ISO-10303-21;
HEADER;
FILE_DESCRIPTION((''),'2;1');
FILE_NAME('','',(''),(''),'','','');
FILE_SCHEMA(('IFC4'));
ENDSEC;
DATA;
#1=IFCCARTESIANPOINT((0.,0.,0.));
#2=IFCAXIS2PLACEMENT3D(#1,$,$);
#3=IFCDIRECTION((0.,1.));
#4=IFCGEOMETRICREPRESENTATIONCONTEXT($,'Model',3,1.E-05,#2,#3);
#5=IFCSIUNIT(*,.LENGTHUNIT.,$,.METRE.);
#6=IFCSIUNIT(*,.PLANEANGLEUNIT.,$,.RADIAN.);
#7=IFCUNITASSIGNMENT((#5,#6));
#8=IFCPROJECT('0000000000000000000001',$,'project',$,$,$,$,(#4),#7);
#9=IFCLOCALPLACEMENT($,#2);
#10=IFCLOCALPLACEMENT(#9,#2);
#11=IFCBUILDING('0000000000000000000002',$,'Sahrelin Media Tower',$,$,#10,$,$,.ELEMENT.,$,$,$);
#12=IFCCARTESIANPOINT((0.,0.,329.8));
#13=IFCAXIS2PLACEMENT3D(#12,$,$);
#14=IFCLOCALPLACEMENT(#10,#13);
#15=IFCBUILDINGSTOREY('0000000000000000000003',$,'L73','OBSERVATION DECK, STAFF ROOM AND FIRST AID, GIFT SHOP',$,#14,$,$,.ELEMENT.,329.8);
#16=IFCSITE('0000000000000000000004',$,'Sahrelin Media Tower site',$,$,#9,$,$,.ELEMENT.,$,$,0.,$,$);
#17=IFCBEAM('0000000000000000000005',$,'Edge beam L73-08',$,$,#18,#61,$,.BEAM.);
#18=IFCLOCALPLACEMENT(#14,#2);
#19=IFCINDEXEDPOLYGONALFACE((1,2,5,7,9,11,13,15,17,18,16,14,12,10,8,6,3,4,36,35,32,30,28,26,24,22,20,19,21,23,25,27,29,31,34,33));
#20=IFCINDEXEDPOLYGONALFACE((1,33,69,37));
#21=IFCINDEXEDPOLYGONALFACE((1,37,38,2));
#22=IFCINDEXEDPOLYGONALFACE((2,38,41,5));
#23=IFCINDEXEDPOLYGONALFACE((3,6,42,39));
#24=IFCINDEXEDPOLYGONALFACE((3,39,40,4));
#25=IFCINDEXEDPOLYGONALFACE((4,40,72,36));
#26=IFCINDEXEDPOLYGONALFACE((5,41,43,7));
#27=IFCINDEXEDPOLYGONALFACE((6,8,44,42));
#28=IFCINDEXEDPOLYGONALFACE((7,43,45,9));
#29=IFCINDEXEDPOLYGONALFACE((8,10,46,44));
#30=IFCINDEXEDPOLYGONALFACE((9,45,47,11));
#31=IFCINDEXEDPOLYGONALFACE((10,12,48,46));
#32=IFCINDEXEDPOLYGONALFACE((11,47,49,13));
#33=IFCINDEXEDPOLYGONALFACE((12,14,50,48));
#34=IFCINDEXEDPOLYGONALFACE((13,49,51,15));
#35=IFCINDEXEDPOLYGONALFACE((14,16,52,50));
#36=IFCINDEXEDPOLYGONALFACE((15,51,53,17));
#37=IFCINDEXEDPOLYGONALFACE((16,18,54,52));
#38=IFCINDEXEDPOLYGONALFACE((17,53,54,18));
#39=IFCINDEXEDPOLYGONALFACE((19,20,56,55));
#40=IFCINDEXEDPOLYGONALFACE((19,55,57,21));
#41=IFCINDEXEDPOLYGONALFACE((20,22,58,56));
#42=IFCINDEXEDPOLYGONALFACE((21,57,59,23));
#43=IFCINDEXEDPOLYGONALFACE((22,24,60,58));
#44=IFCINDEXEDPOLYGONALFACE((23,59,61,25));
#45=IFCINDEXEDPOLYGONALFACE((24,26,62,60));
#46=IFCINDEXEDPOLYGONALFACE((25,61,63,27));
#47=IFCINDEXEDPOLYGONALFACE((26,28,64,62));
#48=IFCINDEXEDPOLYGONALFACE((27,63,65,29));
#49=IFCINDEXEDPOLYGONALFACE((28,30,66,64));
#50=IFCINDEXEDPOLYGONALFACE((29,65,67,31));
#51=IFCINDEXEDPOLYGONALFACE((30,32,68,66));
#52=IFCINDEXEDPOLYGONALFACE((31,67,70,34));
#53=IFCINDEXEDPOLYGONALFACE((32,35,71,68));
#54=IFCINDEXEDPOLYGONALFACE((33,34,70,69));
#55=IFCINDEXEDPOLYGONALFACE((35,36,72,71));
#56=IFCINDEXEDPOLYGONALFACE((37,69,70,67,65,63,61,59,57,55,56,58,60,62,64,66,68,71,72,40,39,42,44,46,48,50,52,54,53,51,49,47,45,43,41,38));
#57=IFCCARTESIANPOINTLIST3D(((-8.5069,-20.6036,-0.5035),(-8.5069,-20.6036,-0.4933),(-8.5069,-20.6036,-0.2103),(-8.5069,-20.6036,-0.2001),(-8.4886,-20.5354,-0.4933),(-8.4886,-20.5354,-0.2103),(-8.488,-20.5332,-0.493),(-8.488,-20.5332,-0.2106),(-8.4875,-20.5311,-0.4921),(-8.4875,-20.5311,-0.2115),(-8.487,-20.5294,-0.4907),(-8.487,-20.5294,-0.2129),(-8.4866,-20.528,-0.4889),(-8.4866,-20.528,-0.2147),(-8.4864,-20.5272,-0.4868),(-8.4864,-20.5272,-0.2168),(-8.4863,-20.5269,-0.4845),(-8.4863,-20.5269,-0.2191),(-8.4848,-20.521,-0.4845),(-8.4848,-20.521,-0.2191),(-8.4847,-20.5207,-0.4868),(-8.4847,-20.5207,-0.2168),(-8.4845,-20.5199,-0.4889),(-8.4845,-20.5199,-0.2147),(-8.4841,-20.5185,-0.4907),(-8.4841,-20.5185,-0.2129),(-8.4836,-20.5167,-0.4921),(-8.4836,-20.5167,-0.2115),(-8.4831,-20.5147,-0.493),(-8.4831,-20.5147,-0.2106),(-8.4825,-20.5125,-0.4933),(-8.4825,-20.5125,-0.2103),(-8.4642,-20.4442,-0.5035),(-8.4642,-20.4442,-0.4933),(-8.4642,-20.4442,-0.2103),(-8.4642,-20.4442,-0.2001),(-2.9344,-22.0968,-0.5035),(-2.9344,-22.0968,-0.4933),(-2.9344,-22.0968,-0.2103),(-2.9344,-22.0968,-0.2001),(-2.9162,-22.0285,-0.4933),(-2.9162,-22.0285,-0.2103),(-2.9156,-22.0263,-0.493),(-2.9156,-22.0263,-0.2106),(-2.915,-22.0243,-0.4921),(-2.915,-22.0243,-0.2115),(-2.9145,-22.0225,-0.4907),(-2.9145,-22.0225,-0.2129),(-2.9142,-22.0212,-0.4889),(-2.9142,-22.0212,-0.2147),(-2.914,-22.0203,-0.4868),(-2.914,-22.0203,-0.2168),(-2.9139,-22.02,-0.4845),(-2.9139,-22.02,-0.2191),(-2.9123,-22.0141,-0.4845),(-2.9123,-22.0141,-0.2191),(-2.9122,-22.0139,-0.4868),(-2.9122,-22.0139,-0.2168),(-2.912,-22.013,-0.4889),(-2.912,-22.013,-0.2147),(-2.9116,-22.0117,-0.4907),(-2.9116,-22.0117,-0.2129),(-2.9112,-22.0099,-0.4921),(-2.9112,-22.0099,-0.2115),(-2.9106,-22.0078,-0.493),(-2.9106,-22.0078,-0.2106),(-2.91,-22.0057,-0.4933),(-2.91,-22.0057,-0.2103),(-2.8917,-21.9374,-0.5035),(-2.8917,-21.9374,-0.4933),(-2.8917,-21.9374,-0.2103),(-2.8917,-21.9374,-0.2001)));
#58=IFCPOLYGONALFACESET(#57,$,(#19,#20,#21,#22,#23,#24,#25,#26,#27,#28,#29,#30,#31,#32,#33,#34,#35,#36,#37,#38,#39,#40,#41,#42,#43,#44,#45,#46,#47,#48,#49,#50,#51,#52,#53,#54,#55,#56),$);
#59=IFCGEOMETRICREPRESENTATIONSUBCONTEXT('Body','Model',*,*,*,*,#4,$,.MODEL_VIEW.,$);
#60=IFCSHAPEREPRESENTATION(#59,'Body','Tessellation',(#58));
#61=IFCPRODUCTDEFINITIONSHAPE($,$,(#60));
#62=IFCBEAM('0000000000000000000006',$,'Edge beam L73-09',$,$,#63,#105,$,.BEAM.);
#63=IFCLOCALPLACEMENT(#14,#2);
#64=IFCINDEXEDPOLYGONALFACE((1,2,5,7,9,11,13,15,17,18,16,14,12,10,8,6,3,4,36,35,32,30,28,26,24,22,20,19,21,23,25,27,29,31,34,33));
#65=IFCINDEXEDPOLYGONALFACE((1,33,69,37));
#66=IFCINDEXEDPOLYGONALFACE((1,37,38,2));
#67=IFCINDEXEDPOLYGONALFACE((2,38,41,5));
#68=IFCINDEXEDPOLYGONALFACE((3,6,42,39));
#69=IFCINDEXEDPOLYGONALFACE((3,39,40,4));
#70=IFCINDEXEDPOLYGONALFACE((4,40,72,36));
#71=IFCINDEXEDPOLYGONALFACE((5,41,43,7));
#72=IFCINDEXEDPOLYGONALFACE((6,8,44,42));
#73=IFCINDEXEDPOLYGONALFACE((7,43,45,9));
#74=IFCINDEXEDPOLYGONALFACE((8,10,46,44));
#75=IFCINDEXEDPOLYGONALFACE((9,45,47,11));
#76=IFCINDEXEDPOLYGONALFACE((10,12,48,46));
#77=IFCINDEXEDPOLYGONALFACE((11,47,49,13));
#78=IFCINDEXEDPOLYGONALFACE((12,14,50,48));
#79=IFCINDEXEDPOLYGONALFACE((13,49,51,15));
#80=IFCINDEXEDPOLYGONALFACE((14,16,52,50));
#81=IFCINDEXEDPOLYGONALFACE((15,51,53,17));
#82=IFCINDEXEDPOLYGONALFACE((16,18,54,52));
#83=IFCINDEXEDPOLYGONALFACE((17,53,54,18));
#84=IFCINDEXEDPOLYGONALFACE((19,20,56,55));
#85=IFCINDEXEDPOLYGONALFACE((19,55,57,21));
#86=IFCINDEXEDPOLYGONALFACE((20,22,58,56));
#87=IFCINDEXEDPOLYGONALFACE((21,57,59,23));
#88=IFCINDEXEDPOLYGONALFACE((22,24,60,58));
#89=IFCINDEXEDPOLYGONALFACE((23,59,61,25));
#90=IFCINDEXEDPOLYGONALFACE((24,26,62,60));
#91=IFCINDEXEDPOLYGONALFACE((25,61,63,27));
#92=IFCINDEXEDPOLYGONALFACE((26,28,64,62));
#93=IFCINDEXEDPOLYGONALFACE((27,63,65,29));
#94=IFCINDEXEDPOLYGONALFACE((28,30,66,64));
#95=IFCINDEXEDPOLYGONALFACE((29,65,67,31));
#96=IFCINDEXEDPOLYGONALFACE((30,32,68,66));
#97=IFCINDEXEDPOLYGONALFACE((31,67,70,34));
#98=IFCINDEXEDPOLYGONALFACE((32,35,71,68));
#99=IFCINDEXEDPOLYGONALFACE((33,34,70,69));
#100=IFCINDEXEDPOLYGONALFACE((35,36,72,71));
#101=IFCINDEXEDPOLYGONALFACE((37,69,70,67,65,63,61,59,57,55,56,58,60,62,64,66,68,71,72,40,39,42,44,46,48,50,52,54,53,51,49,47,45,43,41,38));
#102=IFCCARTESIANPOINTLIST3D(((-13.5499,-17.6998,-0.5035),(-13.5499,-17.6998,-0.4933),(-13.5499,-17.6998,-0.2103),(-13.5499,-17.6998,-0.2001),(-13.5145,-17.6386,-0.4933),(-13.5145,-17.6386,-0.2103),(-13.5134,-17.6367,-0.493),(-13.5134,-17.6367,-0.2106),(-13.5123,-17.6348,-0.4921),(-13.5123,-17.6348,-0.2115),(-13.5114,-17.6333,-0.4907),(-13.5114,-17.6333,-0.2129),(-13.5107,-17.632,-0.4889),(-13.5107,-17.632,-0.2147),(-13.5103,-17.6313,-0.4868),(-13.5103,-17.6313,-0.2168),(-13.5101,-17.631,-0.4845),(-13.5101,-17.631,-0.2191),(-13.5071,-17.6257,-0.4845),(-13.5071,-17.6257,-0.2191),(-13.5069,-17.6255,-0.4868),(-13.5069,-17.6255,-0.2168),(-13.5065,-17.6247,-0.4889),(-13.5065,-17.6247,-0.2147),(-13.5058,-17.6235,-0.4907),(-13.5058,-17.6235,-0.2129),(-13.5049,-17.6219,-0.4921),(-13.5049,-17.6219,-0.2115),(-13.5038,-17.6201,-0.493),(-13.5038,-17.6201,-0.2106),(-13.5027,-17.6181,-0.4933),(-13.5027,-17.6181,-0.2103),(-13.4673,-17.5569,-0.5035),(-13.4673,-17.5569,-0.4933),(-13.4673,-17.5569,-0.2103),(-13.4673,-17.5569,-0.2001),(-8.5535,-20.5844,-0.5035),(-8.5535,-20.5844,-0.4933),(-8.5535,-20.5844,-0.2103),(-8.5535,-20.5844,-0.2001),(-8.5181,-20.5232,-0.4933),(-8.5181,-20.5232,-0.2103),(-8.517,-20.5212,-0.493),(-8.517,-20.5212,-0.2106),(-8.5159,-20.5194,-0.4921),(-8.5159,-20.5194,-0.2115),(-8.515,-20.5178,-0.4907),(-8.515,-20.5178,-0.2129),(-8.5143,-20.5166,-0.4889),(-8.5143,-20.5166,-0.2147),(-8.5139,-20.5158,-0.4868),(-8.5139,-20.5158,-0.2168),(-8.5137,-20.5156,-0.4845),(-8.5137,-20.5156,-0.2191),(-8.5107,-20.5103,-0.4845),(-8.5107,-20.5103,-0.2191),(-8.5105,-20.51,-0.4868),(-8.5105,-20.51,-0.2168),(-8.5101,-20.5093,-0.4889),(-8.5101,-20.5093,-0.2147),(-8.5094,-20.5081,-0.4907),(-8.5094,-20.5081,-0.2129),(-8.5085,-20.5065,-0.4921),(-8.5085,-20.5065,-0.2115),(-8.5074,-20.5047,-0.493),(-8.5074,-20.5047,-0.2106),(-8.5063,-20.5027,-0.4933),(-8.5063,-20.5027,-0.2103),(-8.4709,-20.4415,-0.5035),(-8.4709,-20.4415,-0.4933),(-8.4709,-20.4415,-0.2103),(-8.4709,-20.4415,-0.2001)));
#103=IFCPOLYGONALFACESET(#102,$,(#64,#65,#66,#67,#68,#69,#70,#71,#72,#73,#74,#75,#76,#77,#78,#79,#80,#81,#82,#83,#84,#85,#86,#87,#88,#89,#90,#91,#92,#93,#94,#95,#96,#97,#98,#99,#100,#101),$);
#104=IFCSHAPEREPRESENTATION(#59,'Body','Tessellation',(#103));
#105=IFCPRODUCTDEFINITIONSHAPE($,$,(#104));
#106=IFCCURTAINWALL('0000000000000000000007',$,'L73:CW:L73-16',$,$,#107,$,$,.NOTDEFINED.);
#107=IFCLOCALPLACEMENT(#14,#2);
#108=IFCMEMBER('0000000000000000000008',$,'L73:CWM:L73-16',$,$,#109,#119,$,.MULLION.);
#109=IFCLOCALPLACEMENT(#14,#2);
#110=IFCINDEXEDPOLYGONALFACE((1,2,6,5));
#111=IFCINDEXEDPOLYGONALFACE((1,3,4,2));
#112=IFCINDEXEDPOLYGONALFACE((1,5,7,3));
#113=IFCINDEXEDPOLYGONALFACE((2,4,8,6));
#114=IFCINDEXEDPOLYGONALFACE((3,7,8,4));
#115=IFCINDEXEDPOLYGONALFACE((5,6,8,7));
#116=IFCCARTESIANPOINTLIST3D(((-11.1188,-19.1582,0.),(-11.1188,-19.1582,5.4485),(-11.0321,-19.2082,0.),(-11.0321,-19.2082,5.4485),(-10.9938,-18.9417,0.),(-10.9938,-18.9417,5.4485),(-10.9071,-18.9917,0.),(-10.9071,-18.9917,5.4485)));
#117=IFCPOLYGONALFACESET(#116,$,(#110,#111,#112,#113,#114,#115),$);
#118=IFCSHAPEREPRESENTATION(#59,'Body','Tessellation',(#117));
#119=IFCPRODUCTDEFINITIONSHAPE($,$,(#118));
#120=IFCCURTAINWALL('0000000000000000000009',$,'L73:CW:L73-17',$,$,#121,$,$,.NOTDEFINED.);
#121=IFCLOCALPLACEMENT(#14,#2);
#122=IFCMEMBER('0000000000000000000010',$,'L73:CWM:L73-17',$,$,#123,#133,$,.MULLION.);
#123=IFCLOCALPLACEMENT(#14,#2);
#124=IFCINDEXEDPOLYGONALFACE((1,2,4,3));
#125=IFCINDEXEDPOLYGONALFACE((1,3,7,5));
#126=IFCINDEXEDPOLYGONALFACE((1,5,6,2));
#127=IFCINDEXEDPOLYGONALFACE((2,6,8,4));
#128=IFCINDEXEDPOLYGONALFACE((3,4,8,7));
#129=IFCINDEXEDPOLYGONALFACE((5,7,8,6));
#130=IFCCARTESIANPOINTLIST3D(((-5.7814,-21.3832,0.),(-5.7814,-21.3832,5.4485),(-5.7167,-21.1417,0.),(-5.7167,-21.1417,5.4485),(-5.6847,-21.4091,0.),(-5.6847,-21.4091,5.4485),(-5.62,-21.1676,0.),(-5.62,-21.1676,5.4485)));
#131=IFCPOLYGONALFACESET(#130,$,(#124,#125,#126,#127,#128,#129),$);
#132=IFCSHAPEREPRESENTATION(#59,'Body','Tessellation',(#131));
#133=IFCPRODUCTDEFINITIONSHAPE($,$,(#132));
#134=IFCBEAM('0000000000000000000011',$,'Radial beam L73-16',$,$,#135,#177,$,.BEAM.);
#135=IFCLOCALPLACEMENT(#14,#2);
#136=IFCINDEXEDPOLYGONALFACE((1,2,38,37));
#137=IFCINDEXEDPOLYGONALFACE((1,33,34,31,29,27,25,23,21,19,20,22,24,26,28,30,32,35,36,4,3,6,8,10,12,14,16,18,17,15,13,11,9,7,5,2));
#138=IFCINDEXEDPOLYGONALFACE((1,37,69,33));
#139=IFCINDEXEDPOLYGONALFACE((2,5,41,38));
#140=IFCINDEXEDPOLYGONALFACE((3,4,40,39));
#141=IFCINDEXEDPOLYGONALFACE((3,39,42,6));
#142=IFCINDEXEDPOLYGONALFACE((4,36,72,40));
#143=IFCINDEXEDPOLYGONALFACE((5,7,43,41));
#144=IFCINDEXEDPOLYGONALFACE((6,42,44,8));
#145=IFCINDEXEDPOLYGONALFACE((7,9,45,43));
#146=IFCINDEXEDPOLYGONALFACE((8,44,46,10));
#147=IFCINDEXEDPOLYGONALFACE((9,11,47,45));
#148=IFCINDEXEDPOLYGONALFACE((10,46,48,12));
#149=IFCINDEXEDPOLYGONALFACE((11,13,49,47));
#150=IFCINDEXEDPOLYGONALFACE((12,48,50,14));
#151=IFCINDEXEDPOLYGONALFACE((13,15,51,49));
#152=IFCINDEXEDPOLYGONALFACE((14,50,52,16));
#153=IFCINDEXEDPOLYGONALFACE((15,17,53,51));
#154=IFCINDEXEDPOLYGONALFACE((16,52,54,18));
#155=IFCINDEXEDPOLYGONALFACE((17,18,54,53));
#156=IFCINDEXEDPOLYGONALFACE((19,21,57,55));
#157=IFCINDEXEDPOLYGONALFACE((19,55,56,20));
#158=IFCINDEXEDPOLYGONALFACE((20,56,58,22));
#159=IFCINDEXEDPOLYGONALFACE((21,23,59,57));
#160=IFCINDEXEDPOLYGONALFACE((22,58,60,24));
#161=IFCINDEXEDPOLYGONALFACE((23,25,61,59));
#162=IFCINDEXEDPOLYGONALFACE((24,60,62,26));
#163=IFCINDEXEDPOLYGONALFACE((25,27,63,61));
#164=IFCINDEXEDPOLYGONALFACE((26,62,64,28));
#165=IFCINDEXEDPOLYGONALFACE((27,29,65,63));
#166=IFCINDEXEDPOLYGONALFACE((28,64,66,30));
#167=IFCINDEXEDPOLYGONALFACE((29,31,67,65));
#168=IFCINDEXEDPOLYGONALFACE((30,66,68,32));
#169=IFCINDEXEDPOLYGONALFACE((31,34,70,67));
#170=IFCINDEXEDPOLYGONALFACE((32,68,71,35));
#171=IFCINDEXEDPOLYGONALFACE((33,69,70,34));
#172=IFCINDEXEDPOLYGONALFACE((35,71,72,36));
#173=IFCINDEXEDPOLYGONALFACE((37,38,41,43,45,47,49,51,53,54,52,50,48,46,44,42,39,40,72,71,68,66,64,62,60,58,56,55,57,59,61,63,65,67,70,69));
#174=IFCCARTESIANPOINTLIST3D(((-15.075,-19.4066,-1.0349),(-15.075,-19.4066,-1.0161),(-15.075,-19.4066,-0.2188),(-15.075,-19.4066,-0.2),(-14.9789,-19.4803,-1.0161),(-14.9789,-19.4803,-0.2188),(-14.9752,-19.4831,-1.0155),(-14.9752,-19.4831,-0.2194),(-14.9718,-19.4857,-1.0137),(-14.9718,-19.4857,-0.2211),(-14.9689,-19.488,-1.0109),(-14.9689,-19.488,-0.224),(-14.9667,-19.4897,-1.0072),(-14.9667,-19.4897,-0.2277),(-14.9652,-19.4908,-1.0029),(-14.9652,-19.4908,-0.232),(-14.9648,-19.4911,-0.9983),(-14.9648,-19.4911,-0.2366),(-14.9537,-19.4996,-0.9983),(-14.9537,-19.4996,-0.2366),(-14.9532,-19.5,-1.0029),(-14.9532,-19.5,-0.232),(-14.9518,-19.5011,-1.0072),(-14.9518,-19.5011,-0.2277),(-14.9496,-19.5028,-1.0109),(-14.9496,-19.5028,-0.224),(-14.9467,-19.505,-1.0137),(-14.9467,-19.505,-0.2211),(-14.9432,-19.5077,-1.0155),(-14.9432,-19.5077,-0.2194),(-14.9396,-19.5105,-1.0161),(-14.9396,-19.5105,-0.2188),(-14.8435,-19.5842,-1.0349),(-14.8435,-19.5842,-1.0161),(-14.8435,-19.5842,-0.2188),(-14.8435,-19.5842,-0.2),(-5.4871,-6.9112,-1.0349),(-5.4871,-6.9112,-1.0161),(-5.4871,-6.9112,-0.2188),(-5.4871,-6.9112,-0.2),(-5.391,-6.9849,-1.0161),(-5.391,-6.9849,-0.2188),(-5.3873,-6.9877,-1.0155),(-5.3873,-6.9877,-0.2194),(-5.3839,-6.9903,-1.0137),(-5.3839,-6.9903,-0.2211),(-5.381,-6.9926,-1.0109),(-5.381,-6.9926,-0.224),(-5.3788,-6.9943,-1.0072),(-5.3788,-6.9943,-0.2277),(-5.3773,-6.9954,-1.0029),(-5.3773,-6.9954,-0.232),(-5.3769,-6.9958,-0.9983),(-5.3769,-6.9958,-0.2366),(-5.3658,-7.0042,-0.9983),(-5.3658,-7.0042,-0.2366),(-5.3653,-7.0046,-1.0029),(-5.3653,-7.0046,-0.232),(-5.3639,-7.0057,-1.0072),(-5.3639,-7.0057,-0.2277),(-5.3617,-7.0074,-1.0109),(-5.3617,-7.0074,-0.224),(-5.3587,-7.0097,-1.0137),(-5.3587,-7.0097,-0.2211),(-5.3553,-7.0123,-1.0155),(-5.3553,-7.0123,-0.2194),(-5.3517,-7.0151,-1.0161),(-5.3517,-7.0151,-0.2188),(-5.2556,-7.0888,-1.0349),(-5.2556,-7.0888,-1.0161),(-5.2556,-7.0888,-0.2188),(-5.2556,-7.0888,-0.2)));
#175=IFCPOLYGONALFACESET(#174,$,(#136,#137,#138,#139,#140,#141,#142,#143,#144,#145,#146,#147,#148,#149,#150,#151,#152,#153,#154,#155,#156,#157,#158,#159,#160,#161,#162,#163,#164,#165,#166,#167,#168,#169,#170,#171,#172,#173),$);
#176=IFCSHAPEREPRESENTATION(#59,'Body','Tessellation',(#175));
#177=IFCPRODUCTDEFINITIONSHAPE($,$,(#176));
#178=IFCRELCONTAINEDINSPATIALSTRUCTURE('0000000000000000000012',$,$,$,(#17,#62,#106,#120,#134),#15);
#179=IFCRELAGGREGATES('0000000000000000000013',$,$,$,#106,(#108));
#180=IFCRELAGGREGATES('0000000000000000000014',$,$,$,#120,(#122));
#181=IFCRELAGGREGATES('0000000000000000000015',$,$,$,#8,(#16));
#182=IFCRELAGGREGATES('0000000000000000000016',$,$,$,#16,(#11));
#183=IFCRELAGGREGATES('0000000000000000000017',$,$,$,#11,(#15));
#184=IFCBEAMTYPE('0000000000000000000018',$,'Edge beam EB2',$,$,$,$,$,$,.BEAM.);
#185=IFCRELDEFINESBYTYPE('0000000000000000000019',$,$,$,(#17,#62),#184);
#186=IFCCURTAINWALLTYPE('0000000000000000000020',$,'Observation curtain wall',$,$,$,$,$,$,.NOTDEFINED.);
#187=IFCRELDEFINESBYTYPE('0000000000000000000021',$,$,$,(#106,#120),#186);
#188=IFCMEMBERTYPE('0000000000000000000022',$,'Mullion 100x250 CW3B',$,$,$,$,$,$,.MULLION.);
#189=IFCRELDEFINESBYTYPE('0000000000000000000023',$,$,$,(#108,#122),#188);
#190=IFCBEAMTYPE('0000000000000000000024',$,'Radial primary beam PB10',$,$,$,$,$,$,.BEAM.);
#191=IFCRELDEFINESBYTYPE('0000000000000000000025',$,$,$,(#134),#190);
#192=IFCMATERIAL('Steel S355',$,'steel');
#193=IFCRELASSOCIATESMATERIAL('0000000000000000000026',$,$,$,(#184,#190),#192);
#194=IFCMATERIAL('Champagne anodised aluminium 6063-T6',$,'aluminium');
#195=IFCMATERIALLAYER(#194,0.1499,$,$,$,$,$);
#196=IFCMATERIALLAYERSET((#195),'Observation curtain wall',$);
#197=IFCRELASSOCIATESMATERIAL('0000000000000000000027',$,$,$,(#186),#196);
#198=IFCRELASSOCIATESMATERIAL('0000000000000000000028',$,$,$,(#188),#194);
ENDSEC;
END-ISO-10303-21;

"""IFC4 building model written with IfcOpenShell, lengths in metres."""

from ifc_helpers import new_model, si_unit, direction, frame, origin, origin_2d, place, context, subcontext, project, spatial, rectangle, i_section, extrude, material, layer, layer_set, material_profile, profile_set, type_object, element, aggregate, save


model = new_model("IFC4")

# Units and contexts
model_context = context("Model", 3, precision=1e-05, world=origin(), true_north=direction((0.0, 1.0)))
body_context = subcontext(model_context, "Body", "Model", "MODEL_VIEW")
ifc_project = project(units=[si_unit("LENGTHUNIT", "METRE"), si_unit("PLANEANGLEUNIT", "RADIAN")], contexts=[model_context])

# Site, building, storey
site_placement = place(None, origin())
site = spatial("IfcSite", under=ifc_project, at=site_placement, Name="Sahrelin Media Tower site", CompositionType="ELEMENT", RefElevation=0.0)
building_placement = place(site_placement, origin())
building = spatial("IfcBuilding", under=site, at=building_placement, Name="Sahrelin Media Tower", CompositionType="ELEMENT")
storey_placement = place(building_placement, frame((0.0, 0.0, 329.8)))
storey = spatial("IfcBuildingStorey", under=building, at=storey_placement, Name="L73", Description="OBSERVATION DECK, STAFF ROOM AND FIRST AID, GIFT SHOP", CompositionType="ELEMENT", Elevation=329.8)

# Beams
ifc_material_1 = material(Name="Steel S355", Category="steel")
ifc_material_profile_1 = material_profile(ifc_material_1, i_section(OverallWidth=0.165, OverallDepth=0.3035, WebThickness=0.0061, FlangeThickness=0.0103, FilletRadius=0.0088, at=origin_2d()), Name="UB 305x165x40")
ifc_profile_set_1 = profile_set([ifc_material_profile_1], Name="Steel S355")
beam_type_1 = type_object("IfcBeamType", Name="Edge beam EB2", PredefinedType="BEAM", material=ifc_profile_set_1)
beam_1_placement = place(storey_placement, frame((-2.9131, -22.0171, -0.3518), z_axis=(-0.965925, 0.258821, 0.0), x_axis=(-0.258821, -0.965925, 0.0)))
element("IfcBeam", 1, at=beam_1_placement, inside=storey, type_object=beam_type_1, Name="Edge beam L73-08", PredefinedType="BEAM", context=body_context, shape_type="SweptSolid", body=[
    extrude(i_section(OverallWidth=0.165, OverallDepth=0.3035, WebThickness=0.0061, FlangeThickness=0.0103, FilletRadius=0.0088, at=origin_2d()), origin(), (0.0, 0.0, 1.0), 5.769),
])
beam_2_placement = place(storey_placement, frame((-8.5122, -20.5129, -0.3518), z_axis=(-0.866034, 0.499985, 0.0), x_axis=(-0.499985, -0.866034, 0.0)))
element("IfcBeam", 2, at=beam_2_placement, inside=storey, type_object=beam_type_1, Name="Edge beam L73-09", PredefinedType="BEAM", context=body_context, shape_type="SweptSolid", body=[
    extrude(i_section(OverallWidth=0.165, OverallDepth=0.3035, WebThickness=0.0061, FlangeThickness=0.0103, FilletRadius=0.0088, at=origin_2d()), origin(), (0.0, 0.0, 1.0), 5.7693),
])

# Curtain walls, members
ifc_material_2 = material(Name="Champagne anodised aluminium 6063-T6", Category="aluminium")
ifc_layer_1 = layer(ifc_material_2, 0.1499)
ifc_layer_set_1 = layer_set([ifc_layer_1], Name="Observation curtain wall")
curtain_wall_type = type_object("IfcCurtainWallType", Name="Observation curtain wall", PredefinedType="NOTDEFINED", material=ifc_layer_set_1)
curtain_wall_1_placement = place(storey_placement, frame((-11.0854, -19.2004, 0.0), z_axis=(0.0, 0.0, 1.0), x_axis=(1.0, 0.0, 0.0)))
curtain_wall_1 = element("IfcCurtainWall", 3, at=curtain_wall_1_placement, inside=storey, type_object=curtain_wall_type, Name="L73:CW:L73-16", PredefinedType="NOTDEFINED")
ifc_material_profile_2 = material_profile(ifc_material_2, rectangle(XDim=0.1001, YDim=0.25, at=origin_2d()), Name="Mullion 100x250")
ifc_profile_set_2 = profile_set([ifc_material_profile_2], Name="Champagne anodised aluminium 6063-T6")
member_type_1 = type_object("IfcMemberType", Name="Mullion 100x250 CW3B", PredefinedType="MULLION", material=ifc_profile_set_2)
member_1_placement = place(storey_placement, frame((-11.0129, -19.075, 0.0), z_axis=(0.0, 0.0, 1.0), x_axis=(0.866029, -0.499994, 0.0)))
member_1 = element("IfcMember", 4, at=member_1_placement, type_object=member_type_1, Name="L73:CWM:L73-16", PredefinedType="MULLION", context=body_context, shape_type="SweptSolid", body=[
    extrude(rectangle(XDim=0.1001, YDim=0.25, at=origin_2d()), origin(), (0.0, 0.0, 1.0), 5.4485),
])
aggregate(curtain_wall_1, [member_1])
curtain_wall_2_placement = place(storey_placement, frame((-5.7383, -21.4153, 0.0), z_axis=(0.0, 0.0, 1.0), x_axis=(1.0, 0.0, 0.0)))
curtain_wall_2 = element("IfcCurtainWall", 5, at=curtain_wall_2_placement, inside=storey, type_object=curtain_wall_type, Name="L73:CW:L73-17", PredefinedType="NOTDEFINED")
member_2_placement = place(storey_placement, frame((-5.7007, -21.2754, 0.0), z_axis=(0.0, 0.0, 1.0), x_axis=(0.965926, -0.258817, 0.0)))
member_2 = element("IfcMember", 6, at=member_2_placement, type_object=member_type_1, Name="L73:CWM:L73-17", PredefinedType="MULLION", context=body_context, shape_type="SweptSolid", body=[
    extrude(rectangle(XDim=0.1001, YDim=0.25, at=origin_2d()), origin(), (0.0, 0.0, 1.0), 5.4485),
])

# Beam
ifc_material_profile_3 = material_profile(ifc_material_1, i_section(OverallWidth=0.2917, OverallDepth=0.835, WebThickness=0.0139, FlangeThickness=0.0188, FilletRadius=0.0178, at=origin_2d()), Name="UB 838x292x176")
ifc_profile_set_3 = profile_set([ifc_material_profile_3], Name="Steel S355")
beam_type_2 = type_object("IfcBeamType", Name="Radial primary beam PB10", PredefinedType="BEAM", material=ifc_profile_set_3)
beam_3_placement = place(storey_placement, frame((-5.3713, -7.0, -0.6174), z_axis=(-0.608756, -0.793358, 0.0), x_axis=(0.793358, -0.608756, 0.0)))
element("IfcBeam", 7, at=beam_3_placement, inside=storey, type_object=beam_type_2, Name="Radial beam L73-16", PredefinedType="BEAM", context=body_context, shape_type="SweptSolid", body=[
    extrude(i_section(OverallWidth=0.2917, OverallDepth=0.835, WebThickness=0.0139, FlangeThickness=0.0188, FilletRadius=0.0178, at=origin_2d()), origin(), (0.0, 0.0, 1.0), 15.75),
])

aggregate(curtain_wall_2, [member_2])

save(model, "model.ifc")
